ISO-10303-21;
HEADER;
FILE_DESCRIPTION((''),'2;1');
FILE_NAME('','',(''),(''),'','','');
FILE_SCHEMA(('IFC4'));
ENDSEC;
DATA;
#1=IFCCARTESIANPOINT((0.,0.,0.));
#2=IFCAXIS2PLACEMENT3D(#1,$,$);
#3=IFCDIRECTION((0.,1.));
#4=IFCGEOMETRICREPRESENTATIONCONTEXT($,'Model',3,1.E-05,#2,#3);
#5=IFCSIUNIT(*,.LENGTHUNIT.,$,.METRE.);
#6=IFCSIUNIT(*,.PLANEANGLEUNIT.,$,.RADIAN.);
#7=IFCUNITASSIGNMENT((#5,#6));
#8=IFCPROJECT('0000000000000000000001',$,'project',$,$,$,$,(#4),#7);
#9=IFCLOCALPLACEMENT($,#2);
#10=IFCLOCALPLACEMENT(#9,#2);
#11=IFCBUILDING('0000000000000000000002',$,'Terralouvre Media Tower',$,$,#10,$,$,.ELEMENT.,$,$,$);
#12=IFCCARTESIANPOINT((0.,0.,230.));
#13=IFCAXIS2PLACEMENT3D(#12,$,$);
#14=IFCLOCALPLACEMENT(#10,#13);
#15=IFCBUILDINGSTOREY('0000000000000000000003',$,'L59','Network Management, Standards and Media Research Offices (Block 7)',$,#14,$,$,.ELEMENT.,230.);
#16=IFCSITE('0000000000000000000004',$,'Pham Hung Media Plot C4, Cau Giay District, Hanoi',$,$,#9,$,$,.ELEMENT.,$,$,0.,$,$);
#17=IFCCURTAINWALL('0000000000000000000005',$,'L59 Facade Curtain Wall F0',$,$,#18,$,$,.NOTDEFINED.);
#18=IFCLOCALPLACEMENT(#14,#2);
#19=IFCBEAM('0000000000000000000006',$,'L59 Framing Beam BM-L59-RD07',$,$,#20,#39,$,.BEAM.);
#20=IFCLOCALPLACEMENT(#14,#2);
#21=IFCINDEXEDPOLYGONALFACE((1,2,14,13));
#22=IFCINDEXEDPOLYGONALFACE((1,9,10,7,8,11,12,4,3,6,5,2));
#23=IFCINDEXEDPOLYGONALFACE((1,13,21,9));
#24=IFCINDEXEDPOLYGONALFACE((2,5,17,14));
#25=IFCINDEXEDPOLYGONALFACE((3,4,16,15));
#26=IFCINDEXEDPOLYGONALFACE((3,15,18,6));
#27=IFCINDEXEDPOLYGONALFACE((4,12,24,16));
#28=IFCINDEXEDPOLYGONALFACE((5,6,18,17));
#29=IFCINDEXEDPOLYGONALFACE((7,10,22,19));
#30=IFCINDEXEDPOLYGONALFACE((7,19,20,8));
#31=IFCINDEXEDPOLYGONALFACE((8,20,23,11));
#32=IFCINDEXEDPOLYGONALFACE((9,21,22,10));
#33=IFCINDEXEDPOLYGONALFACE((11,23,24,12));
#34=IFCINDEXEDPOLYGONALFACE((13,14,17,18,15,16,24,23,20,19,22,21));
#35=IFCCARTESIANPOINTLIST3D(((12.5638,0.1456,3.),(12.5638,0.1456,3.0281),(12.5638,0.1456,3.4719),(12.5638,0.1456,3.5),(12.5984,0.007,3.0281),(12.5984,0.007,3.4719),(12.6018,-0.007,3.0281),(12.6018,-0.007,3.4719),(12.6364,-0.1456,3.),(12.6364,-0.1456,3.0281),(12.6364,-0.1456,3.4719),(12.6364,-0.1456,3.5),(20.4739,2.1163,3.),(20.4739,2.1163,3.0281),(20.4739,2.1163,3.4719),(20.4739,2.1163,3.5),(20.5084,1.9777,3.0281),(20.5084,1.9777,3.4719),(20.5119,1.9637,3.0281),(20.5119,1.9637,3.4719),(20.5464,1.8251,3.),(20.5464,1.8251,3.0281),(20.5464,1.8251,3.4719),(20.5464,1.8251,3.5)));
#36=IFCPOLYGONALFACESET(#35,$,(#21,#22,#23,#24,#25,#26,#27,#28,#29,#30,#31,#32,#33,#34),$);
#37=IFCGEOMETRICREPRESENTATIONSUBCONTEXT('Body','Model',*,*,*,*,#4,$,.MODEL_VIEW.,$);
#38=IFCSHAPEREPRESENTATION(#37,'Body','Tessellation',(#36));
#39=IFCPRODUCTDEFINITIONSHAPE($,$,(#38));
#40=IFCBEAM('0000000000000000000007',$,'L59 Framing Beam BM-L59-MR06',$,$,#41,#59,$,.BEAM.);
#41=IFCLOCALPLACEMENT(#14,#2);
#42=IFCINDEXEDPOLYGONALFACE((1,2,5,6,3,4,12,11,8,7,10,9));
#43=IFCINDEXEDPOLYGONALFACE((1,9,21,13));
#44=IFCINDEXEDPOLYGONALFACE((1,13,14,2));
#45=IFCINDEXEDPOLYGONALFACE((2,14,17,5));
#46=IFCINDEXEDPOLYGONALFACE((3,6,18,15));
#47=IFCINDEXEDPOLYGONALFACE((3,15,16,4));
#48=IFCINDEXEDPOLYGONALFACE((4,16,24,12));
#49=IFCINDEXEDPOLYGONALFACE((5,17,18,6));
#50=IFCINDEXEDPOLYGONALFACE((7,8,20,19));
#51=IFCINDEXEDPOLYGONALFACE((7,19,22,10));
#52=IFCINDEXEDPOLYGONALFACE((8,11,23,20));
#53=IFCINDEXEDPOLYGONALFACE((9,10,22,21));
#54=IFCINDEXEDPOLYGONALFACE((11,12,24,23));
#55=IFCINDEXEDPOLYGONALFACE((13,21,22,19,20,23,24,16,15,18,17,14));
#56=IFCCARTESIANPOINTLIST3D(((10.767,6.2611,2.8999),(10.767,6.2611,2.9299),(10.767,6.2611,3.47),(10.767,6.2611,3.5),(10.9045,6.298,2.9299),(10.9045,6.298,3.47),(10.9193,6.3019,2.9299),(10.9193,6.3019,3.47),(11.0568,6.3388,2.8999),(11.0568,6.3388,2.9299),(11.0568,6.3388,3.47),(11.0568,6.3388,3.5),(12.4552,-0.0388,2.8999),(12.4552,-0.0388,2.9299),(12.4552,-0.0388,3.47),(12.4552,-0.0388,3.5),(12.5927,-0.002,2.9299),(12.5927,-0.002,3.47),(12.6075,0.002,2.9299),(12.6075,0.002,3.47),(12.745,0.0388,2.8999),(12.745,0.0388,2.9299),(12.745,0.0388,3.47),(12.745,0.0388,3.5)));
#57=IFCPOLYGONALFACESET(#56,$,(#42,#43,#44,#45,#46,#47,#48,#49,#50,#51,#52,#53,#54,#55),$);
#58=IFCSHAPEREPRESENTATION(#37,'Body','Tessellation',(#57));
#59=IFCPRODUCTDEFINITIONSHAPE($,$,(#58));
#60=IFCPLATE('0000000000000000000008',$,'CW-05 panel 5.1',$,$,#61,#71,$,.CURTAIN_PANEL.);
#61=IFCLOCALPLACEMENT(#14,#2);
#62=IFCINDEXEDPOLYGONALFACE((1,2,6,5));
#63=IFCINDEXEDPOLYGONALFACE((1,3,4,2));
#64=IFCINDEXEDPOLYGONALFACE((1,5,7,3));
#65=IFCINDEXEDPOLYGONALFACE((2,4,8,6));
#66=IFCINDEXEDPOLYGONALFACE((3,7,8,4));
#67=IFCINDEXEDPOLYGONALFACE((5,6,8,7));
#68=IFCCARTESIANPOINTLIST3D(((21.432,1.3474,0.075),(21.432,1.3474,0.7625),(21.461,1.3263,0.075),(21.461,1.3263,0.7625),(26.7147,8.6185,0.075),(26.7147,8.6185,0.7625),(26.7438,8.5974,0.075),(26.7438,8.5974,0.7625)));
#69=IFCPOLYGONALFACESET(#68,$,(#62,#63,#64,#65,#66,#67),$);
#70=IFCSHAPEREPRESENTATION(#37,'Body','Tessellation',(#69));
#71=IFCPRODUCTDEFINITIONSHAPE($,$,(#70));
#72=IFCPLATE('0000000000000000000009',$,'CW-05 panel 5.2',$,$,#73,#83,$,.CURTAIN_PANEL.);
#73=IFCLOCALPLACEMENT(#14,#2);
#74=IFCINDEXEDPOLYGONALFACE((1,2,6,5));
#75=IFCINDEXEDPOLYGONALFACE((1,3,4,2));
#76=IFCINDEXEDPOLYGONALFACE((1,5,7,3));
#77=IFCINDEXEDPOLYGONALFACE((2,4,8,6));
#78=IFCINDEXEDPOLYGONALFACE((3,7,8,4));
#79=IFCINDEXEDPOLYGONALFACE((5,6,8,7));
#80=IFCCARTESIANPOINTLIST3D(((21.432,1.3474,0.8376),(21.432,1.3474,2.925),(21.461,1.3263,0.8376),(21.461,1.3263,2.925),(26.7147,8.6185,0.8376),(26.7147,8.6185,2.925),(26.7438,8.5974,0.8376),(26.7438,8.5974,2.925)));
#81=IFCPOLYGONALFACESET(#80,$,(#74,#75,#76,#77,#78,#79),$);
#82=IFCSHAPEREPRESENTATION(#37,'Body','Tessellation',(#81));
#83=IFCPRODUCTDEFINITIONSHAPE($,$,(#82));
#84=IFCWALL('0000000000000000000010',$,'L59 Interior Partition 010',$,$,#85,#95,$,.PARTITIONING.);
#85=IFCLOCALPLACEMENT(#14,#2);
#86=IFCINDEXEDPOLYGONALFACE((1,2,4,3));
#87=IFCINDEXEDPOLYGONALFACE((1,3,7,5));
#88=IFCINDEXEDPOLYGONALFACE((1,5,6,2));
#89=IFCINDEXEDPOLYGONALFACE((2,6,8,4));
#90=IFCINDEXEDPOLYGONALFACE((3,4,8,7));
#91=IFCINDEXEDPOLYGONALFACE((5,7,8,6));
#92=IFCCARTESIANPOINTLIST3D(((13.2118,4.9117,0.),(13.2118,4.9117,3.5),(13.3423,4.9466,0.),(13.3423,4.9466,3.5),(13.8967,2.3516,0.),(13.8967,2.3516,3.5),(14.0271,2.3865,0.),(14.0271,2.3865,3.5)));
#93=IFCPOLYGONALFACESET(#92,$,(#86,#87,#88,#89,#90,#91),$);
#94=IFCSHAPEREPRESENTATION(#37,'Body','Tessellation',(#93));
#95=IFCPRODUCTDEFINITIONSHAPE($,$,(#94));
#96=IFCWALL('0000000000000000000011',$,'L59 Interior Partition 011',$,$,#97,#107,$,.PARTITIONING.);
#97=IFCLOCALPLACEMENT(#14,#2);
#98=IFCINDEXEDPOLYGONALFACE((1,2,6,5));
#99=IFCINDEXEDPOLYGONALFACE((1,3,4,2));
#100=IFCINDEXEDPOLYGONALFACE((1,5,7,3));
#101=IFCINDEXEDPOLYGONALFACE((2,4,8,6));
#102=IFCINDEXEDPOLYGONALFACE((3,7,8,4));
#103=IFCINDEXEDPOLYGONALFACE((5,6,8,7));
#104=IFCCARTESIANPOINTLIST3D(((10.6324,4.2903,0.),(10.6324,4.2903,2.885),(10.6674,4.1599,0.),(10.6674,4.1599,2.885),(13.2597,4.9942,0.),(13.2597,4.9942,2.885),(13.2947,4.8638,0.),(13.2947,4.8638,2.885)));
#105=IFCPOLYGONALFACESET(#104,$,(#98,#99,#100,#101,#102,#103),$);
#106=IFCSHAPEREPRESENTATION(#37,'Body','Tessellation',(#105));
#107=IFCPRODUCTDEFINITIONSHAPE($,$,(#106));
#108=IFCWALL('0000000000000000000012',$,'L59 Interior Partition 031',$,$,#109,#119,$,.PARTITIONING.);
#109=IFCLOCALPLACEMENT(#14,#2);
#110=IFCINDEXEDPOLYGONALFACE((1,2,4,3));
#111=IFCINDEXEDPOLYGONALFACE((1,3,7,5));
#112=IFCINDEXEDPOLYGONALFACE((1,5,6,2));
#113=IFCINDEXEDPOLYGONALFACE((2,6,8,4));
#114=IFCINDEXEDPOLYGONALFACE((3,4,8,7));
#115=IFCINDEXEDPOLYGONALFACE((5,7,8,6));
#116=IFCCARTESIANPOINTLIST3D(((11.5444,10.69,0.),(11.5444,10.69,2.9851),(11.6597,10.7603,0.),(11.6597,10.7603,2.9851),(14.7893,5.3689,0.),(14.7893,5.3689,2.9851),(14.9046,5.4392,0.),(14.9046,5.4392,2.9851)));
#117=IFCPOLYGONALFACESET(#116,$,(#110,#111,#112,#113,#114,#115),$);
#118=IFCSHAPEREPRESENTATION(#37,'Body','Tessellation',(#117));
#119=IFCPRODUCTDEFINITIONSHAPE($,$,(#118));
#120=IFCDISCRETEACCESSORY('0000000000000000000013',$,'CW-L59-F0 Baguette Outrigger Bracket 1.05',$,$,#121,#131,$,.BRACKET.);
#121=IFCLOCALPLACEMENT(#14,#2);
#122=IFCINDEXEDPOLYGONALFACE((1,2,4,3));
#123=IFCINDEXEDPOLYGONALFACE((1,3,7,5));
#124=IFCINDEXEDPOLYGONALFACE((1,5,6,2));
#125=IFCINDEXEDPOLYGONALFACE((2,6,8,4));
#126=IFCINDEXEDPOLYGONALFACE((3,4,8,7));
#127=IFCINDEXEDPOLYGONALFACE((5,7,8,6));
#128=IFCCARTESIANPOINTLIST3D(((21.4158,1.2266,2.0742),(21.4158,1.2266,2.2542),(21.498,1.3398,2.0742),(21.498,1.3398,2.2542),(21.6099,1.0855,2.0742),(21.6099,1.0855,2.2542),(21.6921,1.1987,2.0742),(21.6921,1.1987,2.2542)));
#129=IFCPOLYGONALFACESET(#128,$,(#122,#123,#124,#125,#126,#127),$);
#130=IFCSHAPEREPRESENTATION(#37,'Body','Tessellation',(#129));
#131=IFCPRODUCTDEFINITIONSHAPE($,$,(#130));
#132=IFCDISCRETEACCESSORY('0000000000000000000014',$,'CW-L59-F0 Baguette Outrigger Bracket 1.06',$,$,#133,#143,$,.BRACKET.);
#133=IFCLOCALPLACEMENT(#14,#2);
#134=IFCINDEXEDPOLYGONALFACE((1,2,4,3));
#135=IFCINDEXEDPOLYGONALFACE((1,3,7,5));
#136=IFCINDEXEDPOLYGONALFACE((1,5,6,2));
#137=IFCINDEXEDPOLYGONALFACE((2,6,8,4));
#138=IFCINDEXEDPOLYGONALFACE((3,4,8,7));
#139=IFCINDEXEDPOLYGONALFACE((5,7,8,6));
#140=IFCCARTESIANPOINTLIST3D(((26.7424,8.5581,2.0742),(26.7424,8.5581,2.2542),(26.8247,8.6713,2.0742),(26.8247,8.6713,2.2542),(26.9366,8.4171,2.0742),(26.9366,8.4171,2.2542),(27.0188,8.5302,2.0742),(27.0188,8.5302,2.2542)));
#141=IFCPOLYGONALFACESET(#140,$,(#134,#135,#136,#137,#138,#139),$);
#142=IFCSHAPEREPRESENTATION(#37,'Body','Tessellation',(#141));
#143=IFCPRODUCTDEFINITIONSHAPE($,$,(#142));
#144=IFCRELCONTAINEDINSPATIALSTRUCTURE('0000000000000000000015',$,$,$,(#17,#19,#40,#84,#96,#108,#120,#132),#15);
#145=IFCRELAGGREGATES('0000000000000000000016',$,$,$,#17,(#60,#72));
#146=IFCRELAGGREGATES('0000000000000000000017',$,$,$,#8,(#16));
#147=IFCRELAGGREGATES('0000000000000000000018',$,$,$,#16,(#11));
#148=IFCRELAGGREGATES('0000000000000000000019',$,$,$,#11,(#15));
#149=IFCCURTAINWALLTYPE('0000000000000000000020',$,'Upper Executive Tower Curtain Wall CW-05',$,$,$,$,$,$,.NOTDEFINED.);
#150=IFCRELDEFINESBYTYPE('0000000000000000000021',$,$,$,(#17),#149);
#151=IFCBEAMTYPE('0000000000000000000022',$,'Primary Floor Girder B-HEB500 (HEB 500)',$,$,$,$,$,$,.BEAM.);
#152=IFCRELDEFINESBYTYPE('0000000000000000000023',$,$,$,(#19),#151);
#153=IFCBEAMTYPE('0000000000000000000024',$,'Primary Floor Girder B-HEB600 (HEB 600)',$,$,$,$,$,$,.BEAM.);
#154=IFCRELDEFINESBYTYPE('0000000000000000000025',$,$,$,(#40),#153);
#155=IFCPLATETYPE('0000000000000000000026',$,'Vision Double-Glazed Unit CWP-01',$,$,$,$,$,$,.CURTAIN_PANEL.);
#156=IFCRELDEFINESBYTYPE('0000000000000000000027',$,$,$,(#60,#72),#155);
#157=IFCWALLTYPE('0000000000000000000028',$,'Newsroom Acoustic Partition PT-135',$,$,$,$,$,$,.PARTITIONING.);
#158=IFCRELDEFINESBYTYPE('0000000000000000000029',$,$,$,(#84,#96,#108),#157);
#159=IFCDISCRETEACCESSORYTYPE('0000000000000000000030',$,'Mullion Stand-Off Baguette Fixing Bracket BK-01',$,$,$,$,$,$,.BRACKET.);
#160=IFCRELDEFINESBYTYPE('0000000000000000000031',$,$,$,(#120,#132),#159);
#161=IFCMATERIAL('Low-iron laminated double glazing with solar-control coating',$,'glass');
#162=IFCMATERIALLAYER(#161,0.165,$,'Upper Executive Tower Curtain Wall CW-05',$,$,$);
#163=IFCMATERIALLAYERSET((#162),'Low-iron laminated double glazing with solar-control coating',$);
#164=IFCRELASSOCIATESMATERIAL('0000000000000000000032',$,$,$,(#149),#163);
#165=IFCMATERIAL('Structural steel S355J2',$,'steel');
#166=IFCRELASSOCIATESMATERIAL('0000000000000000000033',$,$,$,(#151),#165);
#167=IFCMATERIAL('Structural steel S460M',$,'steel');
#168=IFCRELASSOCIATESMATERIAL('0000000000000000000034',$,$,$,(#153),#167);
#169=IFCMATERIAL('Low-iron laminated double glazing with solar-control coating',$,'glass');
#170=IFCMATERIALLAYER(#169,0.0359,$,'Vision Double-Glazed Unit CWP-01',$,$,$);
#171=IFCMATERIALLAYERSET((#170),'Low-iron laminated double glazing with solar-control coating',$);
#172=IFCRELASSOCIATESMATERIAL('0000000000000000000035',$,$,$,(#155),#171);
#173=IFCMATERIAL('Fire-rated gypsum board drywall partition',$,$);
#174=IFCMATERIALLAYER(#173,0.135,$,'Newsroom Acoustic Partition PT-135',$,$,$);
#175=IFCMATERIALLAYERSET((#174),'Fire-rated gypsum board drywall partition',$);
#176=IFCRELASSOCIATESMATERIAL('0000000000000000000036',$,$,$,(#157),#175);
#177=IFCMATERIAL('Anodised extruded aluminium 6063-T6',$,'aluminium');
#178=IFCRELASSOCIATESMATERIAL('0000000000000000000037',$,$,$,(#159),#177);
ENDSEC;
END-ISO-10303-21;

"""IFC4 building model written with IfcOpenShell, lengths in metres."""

from ifc_helpers import new_model, si_unit, direction, frame, frame_2d, origin, origin_2d, place, context, subcontext, project, spatial, rectangle, i_section, extrude, material, layer, layer_set, material_profile, profile_set, type_object, element, aggregate, save


model = new_model("IFC4")

# Units and contexts
model_context = context("Model", 3, precision=1e-05, world=origin(), true_north=direction((0.0, 1.0)))
body_context = subcontext(model_context, "Body", "Model", "MODEL_VIEW")
ifc_project = project(units=[si_unit("LENGTHUNIT", "METRE"), si_unit("PLANEANGLEUNIT", "RADIAN")], contexts=[model_context])

# Site, building, storey
site_placement = place(None, origin())
site = spatial("IfcSite", under=ifc_project, at=site_placement, Name="Pham Hung Media Plot C4, Cau Giay District, Hanoi", CompositionType="ELEMENT", RefElevation=0.0)
building_placement = place(site_placement, origin())
building = spatial("IfcBuilding", under=site, at=building_placement, Name="Terralouvre Media Tower", CompositionType="ELEMENT")
storey_placement = place(building_placement, frame((0.0, 0.0, 230.0)))
storey = spatial("IfcBuildingStorey", under=building, at=storey_placement, Name="L59", Description="Network Management, Standards and Media Research Offices (Block 7)", CompositionType="ELEMENT", Elevation=230.0)

# Curtain wall
ifc_material_1 = material(Name="Low-iron laminated double glazing with solar-control coating", Category="glass")
ifc_layer_1 = layer(ifc_material_1, 0.165, Name="Upper Executive Tower Curtain Wall CW-05")
ifc_layer_set_1 = layer_set([ifc_layer_1], Name="Low-iron laminated double glazing with solar-control coating")
curtain_wall_type_1 = type_object("IfcCurtainWallType", Name="Upper Executive Tower Curtain Wall CW-05", PredefinedType="NOTDEFINED", material=ifc_layer_set_1)
curtain_wall_1_placement = place(storey_placement, origin())
curtain_wall_1 = element("IfcCurtainWall", 1, at=curtain_wall_1_placement, inside=storey, type_object=curtain_wall_type_1, Name="L59 Facade Curtain Wall F0", PredefinedType="NOTDEFINED")

# Beams
ifc_material_2 = material(Name="Structural steel S355J2", Category="steel")
ifc_material_profile_1 = material_profile(ifc_material_2, i_section(OverallWidth=0.3, OverallDepth=0.5, WebThickness=0.0144, FlangeThickness=0.0281, at=origin_2d()), Name="HEB 500")
ifc_profile_set_1 = profile_set([ifc_material_profile_1], Name="Structural steel S355J2")
beam_type_1 = type_object("IfcBeamType", Name="Primary Floor Girder B-HEB500 (HEB 500)", PredefinedType="BEAM", material=ifc_profile_set_1)
beam_1_placement = place(storey_placement, frame((12.6001, 0.0, 3.25), z_axis=(0.970339, 0.241746, 0.0), x_axis=(-0.241746, 0.970339, 0.0)))
element("IfcBeam", 2, at=beam_1_placement, inside=storey, type_object=beam_type_1, Name="L59 Framing Beam BM-L59-RD07", PredefinedType="BEAM", context=body_context, shape_type="SweptSolid", body=[
    extrude(i_section(OverallWidth=0.3, OverallDepth=0.5, WebThickness=0.0144, FlangeThickness=0.0281, at=origin_2d()), origin(), (0.0, 0.0, 1.0), 8.1519),
])
ifc_material_3 = material(Name="Structural steel S460M", Category="steel")
ifc_material_profile_2 = material_profile(ifc_material_3, i_section(OverallWidth=0.3, OverallDepth=0.6001, WebThickness=0.0154, FlangeThickness=0.03, at=origin_2d()), Name="HEB 600")
ifc_profile_set_2 = profile_set([ifc_material_profile_2], Name="Structural steel S460M")
beam_type_2 = type_object("IfcBeamType", Name="Primary Floor Girder B-HEB600 (HEB 600)", PredefinedType="BEAM", material=ifc_profile_set_2)
beam_2_placement = place(storey_placement, frame((12.6001, 0.0, 3.2), z_axis=(-0.258839, 0.96592, 0.0), x_axis=(-0.96592, -0.258839, 0.0)))
element("IfcBeam", 3, at=beam_2_placement, inside=storey, type_object=beam_type_2, Name="L59 Framing Beam BM-L59-MR06", PredefinedType="BEAM", context=body_context, shape_type="SweptSolid", body=[
    extrude(i_section(OverallWidth=0.3, OverallDepth=0.6001, WebThickness=0.0154, FlangeThickness=0.03, at=origin_2d()), origin(), (0.0, 0.0, 1.0), 6.5222),
])

# Plates
ifc_material_4 = material(Name="Low-iron laminated double glazing with solar-control coating", Category="glass")
ifc_layer_2 = layer(ifc_material_4, 0.0359, Name="Vision Double-Glazed Unit CWP-01")
ifc_layer_set_2 = layer_set([ifc_layer_2], Name="Low-iron laminated double glazing with solar-control coating")
plate_type = type_object("IfcPlateType", Name="Vision Double-Glazed Unit CWP-01", PredefinedType="CURTAIN_PANEL", material=ifc_layer_set_2)
plate_1_placement = place(storey_placement, frame((24.0879, 4.9724, 0.075), z_axis=(0.0, 0.0, 1.0), x_axis=(0.587785, 0.809017, 0.0)))
plate_1 = element("IfcPlate", 4, at=plate_1_placement, type_object=plate_type, Name="CW-05 panel 5.1", PredefinedType="CURTAIN_PANEL", context=body_context, shape_type="SweptSolid", body=[
    extrude(rectangle(XDim=8.9875, YDim=0.0359, at=origin_2d()), origin(), (0.0, 0.0, 1.0), 0.6875),
])
plate_2_placement = place(storey_placement, frame((24.0879, 4.9724, 0.8376), z_axis=(0.0, 0.0, 1.0), x_axis=(0.587785, 0.809017, 0.0)))
plate_2 = element("IfcPlate", 5, at=plate_2_placement, type_object=plate_type, Name="CW-05 panel 5.2", PredefinedType="CURTAIN_PANEL", context=body_context, shape_type="SweptSolid", body=[
    extrude(rectangle(XDim=8.9875, YDim=0.0359, at=origin_2d()), origin(), (0.0, 0.0, 1.0), 2.0874),
])
aggregate(curtain_wall_1, [plate_1, plate_2])

# Walls
ifc_material_5 = material(Name="Fire-rated gypsum board drywall partition")
ifc_layer_3 = layer(ifc_material_5, 0.135, Name="Newsroom Acoustic Partition PT-135")
ifc_layer_set_3 = layer_set([ifc_layer_3], Name="Fire-rated gypsum board drywall partition")
wall_type = type_object("IfcWallType", Name="Newsroom Acoustic Partition PT-135", PredefinedType="PARTITIONING", material=ifc_layer_set_3)
wall_1_placement = place(storey_placement, frame((13.9619, 2.3689, 0.0), z_axis=(0.0, 0.0, 1.0), x_axis=(-0.258414, 0.966034, 0.0)))
element("IfcWall", 6, at=wall_1_placement, inside=storey, type_object=wall_type, Name="L59 Interior Partition 010", PredefinedType="PARTITIONING", context=body_context, shape_type="SweptSolid", body=[
    extrude(rectangle(XDim=2.6501, YDim=0.135, at=frame_2d((1.3252, 0.0))), origin(), (0.0, 0.0, 1.0), 3.5),
])
wall_2_placement = place(storey_placement, frame((13.2771, 4.929, 0.0), z_axis=(0.0, 0.0, 1.0), x_axis=(-0.965935, -0.258785, 0.0)))
element("IfcWall", 7, at=wall_2_placement, inside=storey, type_object=wall_type, Name="L59 Interior Partition 011", PredefinedType="PARTITIONING", context=body_context, shape_type="SweptSolid", body=[
    extrude(rectangle(XDim=2.72, YDim=0.135, at=frame_2d((1.3599, 0.0))), origin(), (0.0, 0.0, 1.0), 2.885),
])
wall_3_placement = place(storey_placement, frame((14.8469, 5.4041, 0.0), z_axis=(0.0, 0.0, 1.0), x_axis=(-0.520646, 0.853772, 0.0)))
element("IfcWall", 8, at=wall_3_placement, inside=storey, type_object=wall_type, Name="L59 Interior Partition 031", PredefinedType="PARTITIONING", context=body_context, shape_type="SweptSolid", body=[
    extrude(rectangle(XDim=6.2324, YDim=0.135, at=frame_2d((3.1162, 0.0))), origin(), (0.0, 0.0, 1.0), 2.9851),
])

# Discrete accessories
ifc_material_6 = material(Name="Anodised extruded aluminium 6063-T6", Category="aluminium")
discrete_accessory_type = type_object("IfcDiscreteAccessoryType", Name="Mullion Stand-Off Baguette Fixing Bracket BK-01", PredefinedType="BRACKET", material=ifc_material_6)
for number, where, z_axis, x_axis, name in (
    (9, (21.554, 1.2126, 2.0742), (0.0, 0.0, 1.0), (0.587785, 0.809017, 0.0), "CW-L59-F0 Baguette Outrigger Bracket 1.05"),
    (10, (26.8806, 8.5442, 2.0742), (0.0, 0.0, 1.0), (0.587785, 0.809017, 0.0), "CW-L59-F0 Baguette Outrigger Bracket 1.06"),
):
    element("IfcDiscreteAccessory", number, at=place(storey_placement, frame(where, z_axis=z_axis, x_axis=x_axis)), inside=storey, type_object=discrete_accessory_type, Name=name, PredefinedType="BRACKET", context=body_context, shape_type="SweptSolid", body=[
        extrude(rectangle(XDim=0.1399, YDim=0.24, at=origin_2d()), origin(), (0.0, 0.0, 1.0), 0.1799),
    ])

save(model, "model.ifc")
